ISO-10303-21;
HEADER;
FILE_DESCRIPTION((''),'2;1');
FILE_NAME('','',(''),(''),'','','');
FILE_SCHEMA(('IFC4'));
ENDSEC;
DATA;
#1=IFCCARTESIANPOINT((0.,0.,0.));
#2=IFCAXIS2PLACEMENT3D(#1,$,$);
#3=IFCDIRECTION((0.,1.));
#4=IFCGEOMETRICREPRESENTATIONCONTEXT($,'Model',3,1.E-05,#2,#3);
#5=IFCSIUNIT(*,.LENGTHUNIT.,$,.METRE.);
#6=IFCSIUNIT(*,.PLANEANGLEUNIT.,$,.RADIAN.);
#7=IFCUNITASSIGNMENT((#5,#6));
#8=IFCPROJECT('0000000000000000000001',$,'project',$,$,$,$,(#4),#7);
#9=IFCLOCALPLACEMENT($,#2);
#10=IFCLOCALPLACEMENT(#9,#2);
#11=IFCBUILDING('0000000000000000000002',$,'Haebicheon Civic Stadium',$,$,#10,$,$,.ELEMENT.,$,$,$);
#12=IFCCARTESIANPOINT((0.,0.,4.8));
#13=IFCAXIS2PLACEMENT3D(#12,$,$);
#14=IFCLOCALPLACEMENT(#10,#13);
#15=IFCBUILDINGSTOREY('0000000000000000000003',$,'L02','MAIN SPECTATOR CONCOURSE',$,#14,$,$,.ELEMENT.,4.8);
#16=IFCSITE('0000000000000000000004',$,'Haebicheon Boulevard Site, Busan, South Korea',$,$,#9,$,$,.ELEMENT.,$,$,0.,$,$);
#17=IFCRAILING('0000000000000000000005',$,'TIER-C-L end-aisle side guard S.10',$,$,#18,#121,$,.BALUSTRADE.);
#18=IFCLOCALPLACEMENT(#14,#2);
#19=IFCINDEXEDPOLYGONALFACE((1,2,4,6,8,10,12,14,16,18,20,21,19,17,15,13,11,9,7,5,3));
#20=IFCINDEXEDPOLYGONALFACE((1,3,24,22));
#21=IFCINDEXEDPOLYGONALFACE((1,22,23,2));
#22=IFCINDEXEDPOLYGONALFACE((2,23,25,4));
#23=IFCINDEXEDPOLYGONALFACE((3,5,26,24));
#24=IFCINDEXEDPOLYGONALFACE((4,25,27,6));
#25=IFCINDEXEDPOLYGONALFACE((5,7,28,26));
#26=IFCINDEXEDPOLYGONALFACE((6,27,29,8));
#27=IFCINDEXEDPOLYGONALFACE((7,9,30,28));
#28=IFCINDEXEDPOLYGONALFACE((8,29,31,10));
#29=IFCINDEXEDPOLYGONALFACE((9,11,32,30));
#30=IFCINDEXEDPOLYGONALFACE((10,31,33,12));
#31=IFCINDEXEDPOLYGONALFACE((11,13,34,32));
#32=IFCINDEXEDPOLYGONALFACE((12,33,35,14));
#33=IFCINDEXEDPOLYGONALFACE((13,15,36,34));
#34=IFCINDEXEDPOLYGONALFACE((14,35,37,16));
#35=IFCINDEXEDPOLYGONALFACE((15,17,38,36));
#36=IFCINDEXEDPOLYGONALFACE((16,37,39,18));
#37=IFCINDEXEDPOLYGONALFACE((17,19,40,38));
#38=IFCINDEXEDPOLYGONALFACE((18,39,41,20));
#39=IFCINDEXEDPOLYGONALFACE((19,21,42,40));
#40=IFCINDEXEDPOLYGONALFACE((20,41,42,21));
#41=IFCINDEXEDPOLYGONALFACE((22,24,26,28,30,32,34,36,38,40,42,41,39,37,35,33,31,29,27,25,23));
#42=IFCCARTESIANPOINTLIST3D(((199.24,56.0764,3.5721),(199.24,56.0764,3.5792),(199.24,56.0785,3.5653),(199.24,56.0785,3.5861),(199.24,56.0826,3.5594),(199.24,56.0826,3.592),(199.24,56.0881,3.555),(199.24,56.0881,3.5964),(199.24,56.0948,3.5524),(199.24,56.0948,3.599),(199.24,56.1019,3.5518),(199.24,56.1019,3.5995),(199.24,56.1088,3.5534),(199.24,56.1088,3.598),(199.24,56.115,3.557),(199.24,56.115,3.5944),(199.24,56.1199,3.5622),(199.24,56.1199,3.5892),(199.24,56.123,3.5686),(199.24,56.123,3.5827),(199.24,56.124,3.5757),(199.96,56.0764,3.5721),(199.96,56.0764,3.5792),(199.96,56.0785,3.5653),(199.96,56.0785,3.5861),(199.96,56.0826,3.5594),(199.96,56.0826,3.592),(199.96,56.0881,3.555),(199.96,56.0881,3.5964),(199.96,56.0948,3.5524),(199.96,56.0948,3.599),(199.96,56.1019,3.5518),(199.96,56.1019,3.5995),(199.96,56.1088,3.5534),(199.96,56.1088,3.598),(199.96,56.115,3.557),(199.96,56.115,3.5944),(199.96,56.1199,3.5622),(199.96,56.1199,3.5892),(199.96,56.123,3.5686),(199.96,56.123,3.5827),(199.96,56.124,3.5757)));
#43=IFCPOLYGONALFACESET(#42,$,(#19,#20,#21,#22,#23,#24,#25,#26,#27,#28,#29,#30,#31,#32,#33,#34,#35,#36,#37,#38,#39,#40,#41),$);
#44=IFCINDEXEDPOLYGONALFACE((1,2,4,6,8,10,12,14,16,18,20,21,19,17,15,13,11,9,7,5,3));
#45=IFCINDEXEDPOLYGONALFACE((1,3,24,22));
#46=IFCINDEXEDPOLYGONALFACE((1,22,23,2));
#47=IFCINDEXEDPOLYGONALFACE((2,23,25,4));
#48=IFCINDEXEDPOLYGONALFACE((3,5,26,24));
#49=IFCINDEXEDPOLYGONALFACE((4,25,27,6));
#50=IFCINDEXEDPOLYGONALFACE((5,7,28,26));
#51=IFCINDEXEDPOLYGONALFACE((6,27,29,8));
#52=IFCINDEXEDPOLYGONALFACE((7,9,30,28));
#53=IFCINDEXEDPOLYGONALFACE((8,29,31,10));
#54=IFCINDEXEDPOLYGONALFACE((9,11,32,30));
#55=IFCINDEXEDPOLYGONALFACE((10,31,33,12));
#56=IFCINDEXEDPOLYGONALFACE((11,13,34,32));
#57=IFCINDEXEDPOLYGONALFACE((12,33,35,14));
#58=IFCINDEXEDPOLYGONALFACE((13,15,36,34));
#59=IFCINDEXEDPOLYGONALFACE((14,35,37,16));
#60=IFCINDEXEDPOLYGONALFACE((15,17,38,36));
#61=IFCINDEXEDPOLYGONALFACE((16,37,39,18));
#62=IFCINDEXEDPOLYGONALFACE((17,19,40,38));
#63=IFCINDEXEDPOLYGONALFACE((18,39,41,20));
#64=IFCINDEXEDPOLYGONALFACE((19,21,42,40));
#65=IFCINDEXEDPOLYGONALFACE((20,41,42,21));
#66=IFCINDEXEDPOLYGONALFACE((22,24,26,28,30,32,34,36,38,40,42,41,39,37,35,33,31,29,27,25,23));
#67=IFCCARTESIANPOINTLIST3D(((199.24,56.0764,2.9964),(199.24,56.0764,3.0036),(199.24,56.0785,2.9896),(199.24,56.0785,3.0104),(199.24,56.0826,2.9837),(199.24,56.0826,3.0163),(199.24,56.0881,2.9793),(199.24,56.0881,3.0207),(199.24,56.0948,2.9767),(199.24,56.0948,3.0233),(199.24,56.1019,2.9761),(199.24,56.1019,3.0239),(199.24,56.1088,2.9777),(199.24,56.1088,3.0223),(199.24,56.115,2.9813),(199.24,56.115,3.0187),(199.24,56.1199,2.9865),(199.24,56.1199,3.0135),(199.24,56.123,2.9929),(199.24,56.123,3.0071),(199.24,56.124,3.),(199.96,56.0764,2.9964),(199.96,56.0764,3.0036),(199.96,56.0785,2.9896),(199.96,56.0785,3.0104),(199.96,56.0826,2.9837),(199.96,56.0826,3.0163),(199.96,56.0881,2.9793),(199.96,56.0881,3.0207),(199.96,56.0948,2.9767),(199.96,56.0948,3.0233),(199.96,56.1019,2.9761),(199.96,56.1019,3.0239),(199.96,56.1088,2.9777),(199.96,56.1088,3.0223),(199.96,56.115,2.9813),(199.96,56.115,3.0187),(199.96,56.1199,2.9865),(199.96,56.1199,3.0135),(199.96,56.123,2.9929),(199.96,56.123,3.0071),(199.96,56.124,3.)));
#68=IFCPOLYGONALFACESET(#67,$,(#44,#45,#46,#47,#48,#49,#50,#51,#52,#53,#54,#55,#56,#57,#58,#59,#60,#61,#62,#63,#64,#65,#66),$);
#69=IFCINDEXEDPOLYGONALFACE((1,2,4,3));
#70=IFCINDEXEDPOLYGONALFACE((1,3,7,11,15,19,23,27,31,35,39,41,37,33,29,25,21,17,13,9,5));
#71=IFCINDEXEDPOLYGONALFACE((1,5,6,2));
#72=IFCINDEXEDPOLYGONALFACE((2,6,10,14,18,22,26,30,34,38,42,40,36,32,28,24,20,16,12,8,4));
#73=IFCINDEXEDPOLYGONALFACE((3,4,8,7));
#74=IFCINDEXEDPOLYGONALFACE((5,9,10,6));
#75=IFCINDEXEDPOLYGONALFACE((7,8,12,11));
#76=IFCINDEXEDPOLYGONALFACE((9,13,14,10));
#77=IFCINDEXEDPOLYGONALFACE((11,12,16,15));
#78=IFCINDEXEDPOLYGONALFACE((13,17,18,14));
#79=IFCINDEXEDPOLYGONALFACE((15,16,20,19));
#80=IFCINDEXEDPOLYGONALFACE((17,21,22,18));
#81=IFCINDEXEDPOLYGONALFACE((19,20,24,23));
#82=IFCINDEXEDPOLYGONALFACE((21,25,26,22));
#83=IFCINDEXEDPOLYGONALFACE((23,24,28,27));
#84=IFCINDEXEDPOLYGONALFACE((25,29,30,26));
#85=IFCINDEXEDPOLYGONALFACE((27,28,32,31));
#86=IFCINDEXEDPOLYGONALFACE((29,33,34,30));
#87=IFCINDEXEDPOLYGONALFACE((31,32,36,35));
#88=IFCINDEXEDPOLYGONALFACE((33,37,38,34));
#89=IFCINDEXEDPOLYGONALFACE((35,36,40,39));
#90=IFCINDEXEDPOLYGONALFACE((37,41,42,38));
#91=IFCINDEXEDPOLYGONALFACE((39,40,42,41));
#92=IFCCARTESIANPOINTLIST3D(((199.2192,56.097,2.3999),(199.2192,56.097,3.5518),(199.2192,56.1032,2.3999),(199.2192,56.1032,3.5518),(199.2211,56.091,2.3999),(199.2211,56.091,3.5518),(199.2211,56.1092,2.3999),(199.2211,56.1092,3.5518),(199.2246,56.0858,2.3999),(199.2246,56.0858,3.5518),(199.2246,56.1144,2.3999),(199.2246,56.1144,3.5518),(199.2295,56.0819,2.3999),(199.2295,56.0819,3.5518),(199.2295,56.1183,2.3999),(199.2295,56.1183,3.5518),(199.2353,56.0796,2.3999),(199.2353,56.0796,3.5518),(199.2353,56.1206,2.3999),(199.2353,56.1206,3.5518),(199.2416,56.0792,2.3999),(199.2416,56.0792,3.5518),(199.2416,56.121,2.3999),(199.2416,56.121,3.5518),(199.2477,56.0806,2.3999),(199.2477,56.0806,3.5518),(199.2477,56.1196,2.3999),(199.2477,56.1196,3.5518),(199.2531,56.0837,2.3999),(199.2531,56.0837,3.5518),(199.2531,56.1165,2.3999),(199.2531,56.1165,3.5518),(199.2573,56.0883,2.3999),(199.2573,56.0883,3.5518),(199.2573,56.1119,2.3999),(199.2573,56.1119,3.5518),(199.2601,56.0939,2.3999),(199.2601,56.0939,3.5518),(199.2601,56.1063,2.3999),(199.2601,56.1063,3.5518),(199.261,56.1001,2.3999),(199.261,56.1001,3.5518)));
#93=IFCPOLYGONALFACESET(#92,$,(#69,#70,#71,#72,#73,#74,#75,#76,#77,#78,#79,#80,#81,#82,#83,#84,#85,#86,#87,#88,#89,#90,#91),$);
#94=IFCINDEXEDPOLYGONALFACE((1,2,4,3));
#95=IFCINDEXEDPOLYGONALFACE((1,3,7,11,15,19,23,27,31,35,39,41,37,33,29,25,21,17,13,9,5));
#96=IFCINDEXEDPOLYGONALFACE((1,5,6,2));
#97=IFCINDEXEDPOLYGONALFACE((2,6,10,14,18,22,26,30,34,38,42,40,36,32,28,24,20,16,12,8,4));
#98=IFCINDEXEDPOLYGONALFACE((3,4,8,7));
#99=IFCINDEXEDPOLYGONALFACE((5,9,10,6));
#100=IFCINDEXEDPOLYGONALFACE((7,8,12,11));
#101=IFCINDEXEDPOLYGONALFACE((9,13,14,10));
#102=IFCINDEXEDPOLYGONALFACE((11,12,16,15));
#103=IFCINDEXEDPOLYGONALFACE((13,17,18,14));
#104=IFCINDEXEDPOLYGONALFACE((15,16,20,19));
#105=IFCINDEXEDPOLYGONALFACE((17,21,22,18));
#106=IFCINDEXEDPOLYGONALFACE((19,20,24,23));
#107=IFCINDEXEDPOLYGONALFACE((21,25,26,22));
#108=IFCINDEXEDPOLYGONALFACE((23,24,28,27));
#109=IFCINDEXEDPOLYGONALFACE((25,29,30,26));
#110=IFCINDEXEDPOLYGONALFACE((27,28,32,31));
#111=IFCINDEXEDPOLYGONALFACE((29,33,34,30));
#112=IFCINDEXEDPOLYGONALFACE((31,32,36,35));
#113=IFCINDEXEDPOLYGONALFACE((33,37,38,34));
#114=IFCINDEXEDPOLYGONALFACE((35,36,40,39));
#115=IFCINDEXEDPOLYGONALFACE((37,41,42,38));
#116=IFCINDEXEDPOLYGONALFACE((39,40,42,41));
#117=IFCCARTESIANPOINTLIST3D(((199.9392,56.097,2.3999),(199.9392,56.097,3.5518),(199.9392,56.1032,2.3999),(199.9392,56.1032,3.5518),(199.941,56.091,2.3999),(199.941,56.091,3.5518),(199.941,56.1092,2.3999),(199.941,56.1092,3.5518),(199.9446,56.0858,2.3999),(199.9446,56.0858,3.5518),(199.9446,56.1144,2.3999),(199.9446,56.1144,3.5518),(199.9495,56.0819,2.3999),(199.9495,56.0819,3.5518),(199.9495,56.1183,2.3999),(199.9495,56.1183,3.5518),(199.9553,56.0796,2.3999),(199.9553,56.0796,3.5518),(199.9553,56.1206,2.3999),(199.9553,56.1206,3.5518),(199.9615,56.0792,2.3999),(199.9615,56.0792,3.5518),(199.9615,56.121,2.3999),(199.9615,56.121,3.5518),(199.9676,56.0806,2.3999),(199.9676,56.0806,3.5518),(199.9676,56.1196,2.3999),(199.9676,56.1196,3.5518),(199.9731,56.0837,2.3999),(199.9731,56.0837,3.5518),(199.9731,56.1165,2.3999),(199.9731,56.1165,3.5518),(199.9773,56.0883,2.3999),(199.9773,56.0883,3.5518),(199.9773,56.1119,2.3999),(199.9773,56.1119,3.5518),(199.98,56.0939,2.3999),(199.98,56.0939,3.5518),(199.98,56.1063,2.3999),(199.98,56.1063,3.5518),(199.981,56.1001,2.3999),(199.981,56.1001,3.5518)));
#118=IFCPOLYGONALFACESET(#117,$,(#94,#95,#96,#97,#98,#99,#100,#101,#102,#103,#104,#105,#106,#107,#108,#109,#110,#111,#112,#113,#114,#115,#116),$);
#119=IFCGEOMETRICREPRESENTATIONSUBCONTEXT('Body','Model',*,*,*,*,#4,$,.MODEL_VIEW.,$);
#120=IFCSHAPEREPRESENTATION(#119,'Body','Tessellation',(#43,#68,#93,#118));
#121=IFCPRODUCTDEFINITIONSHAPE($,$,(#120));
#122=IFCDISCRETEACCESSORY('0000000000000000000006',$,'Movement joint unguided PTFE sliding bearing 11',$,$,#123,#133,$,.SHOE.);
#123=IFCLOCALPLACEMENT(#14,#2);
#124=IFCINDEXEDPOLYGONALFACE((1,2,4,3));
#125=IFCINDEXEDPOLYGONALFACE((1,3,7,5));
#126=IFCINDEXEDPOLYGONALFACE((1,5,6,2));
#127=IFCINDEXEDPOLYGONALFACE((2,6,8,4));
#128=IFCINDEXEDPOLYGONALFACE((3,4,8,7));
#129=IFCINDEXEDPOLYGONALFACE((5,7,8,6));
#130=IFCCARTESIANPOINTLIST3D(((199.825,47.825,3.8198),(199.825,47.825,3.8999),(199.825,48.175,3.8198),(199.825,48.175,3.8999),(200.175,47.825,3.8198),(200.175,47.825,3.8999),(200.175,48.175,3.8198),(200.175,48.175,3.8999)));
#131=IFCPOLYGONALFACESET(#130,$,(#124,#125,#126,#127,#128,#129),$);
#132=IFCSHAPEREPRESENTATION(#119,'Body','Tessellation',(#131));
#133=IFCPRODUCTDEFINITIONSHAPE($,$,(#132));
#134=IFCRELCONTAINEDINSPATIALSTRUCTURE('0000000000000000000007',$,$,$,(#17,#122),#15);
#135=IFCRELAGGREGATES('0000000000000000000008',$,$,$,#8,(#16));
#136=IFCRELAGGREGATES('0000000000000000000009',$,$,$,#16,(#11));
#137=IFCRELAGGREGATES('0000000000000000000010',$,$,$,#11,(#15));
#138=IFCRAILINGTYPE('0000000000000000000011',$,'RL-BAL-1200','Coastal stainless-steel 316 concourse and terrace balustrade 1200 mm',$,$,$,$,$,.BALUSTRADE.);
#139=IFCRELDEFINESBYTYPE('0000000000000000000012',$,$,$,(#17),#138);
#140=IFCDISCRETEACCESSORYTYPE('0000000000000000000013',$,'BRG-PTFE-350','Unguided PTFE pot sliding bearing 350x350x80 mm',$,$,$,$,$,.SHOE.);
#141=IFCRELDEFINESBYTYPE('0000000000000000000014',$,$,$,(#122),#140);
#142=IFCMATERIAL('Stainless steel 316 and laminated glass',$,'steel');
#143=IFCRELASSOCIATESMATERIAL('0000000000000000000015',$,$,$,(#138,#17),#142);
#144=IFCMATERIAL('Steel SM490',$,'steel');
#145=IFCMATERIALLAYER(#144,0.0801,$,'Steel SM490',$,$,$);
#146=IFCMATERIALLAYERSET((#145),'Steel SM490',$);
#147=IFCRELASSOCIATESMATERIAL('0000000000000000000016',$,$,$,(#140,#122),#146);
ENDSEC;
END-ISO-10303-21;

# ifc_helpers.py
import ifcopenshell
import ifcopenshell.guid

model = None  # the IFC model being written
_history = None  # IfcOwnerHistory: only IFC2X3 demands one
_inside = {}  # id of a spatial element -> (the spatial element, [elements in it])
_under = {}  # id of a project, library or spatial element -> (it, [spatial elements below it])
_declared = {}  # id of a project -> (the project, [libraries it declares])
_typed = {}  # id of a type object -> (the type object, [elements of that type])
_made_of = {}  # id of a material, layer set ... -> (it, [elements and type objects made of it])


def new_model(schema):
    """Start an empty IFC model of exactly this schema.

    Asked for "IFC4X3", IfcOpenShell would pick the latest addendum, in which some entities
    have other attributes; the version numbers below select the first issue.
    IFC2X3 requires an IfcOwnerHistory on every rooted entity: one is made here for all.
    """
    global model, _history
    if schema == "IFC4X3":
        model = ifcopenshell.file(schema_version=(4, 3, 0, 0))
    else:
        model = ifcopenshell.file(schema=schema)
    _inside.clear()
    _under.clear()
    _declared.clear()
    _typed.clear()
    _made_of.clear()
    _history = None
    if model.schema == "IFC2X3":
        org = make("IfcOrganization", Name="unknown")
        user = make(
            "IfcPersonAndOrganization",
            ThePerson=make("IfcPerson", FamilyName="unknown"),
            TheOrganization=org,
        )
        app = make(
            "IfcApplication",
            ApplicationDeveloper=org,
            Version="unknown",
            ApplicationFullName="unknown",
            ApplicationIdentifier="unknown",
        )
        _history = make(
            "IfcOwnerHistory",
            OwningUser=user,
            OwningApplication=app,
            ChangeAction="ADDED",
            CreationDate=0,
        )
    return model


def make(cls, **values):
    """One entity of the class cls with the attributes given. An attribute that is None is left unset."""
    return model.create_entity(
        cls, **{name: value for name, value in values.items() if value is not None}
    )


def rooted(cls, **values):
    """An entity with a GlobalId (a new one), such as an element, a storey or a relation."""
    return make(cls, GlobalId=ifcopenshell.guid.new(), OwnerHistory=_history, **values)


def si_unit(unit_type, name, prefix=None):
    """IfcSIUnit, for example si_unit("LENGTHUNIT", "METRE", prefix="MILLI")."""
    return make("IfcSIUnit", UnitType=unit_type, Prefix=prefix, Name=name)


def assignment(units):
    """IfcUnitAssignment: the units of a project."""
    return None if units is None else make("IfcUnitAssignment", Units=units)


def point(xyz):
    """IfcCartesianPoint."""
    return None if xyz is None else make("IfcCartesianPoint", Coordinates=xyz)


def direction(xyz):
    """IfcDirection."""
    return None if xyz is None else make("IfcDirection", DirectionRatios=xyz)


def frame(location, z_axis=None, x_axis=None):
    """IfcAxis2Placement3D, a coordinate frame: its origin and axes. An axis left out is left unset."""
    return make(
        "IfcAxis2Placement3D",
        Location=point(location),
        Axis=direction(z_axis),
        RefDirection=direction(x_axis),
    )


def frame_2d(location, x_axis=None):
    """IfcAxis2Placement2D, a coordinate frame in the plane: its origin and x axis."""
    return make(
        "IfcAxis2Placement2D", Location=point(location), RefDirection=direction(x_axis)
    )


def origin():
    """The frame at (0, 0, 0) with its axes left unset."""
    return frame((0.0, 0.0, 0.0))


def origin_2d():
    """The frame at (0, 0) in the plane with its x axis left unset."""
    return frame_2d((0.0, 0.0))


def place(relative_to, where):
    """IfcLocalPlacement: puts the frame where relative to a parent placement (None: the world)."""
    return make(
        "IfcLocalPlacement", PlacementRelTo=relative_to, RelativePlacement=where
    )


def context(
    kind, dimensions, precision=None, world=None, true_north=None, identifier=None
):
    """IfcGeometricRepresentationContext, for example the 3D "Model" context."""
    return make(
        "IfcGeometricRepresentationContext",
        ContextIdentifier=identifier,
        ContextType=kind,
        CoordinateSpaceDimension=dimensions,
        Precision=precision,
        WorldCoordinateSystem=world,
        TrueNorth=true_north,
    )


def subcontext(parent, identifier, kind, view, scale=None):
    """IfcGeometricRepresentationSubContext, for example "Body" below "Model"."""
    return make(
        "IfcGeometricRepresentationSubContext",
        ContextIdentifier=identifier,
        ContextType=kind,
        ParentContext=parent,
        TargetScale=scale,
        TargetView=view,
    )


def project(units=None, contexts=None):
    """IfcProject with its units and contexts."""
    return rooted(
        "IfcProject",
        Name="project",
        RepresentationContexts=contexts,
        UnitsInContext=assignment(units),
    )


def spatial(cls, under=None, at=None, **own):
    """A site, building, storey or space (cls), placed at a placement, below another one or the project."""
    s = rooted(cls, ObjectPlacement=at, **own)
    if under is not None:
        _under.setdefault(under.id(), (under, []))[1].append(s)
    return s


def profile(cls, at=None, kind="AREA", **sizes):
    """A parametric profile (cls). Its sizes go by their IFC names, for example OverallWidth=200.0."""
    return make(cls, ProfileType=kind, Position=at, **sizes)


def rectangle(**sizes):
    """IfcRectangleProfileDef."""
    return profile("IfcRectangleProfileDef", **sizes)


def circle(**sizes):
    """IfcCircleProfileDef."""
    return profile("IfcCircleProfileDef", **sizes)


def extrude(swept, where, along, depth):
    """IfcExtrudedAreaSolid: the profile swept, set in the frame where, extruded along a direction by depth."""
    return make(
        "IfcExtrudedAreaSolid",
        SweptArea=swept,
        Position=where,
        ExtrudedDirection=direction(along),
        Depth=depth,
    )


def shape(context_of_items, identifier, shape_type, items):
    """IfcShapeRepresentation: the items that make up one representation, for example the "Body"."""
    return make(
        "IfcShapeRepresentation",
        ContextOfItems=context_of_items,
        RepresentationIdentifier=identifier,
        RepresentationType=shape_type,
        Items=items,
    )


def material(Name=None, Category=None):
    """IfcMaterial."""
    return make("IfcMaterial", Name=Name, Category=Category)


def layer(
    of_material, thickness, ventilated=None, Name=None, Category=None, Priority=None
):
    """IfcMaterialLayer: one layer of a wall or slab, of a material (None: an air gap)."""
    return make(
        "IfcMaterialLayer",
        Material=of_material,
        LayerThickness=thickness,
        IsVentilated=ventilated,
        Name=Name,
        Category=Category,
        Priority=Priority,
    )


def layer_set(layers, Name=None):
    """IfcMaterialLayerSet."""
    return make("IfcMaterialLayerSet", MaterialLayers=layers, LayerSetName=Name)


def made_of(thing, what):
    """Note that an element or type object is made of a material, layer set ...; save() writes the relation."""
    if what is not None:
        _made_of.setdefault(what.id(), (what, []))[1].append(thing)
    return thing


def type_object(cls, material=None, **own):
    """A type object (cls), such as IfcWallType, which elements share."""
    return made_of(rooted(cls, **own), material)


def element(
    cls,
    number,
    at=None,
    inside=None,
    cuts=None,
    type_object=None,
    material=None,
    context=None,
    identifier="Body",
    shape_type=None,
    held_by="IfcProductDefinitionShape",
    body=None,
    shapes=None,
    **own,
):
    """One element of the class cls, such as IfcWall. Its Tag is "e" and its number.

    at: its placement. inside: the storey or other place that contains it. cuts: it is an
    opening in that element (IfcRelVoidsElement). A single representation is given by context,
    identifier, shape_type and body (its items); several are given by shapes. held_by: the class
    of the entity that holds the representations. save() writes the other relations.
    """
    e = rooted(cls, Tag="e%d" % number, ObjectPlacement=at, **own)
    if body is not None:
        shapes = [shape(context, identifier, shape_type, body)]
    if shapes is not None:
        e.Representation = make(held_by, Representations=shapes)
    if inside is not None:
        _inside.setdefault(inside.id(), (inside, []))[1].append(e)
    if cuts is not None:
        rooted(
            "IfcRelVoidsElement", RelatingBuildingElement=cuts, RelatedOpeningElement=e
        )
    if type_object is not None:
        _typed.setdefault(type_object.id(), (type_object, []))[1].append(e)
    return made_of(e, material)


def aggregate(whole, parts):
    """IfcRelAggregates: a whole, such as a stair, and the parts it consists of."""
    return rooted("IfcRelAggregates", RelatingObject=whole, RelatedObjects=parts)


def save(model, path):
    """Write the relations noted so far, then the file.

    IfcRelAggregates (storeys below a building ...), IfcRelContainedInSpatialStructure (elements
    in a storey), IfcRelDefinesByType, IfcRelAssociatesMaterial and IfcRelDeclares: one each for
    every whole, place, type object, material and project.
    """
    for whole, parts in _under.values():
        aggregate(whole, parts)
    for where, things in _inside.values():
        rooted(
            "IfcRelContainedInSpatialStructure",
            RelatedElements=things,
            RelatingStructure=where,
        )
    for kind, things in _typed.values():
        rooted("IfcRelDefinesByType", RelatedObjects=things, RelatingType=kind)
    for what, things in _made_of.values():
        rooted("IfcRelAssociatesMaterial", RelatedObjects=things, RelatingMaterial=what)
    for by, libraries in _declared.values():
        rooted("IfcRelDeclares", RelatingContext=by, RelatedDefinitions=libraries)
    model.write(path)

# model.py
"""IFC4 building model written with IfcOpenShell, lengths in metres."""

from ifc_helpers import new_model, si_unit, direction, frame, origin, origin_2d, place, context, subcontext, project, spatial, rectangle, circle, extrude, material, layer, layer_set, type_object, element, save


model = new_model("IFC4")

# Units and contexts
model_context = context("Model", 3, precision=1e-05, world=origin(), true_north=direction((0.0, 1.0)))
body_context = subcontext(model_context, "Body", "Model", "MODEL_VIEW")
ifc_project = project(units=[si_unit("LENGTHUNIT", "METRE"), si_unit("PLANEANGLEUNIT", "RADIAN")], contexts=[model_context])

# Site, building, storey
site_placement = place(None, origin())
site = spatial("IfcSite", under=ifc_project, at=site_placement, Name="Haebicheon Boulevard Site, Busan, South Korea", CompositionType="ELEMENT", RefElevation=0.0)
building_placement = place(site_placement, origin())
building = spatial("IfcBuilding", under=site, at=building_placement, Name="Haebicheon Civic Stadium", CompositionType="ELEMENT")
storey_placement = place(building_placement, frame((0.0, 0.0, 4.8)))
storey = spatial("IfcBuildingStorey", under=building, at=storey_placement, Name="L02", Description="MAIN SPECTATOR CONCOURSE", CompositionType="ELEMENT", Elevation=4.8)

# Railing
ifc_material_1 = material(Name="Stainless steel 316 and laminated glass", Category="steel")
railing_type = type_object("IfcRailingType", Name="RL-BAL-1200", Description="Coastal stainless-steel 316 concourse and terrace balustrade 1200 mm", PredefinedType="BALUSTRADE", material=ifc_material_1)
for number, where, name in (
    (1, (199.24, 56.1001, 2.3999), "TIER-C-L end-aisle side guard S.10"),
):
    element("IfcRailing", number, at=place(storey_placement, frame(where)), inside=storey, type_object=railing_type, material=ifc_material_1, Name=name, PredefinedType="BALUSTRADE", context=body_context, shape_type="SweptSolid", body=[
        extrude(circle(Radius=0.0239, at=origin_2d()), frame((0.0, 0.0, 1.1758), z_axis=(1.0, 0.0, 0.0), x_axis=(0.0, 1.0, 0.0)), (0.0, 0.0, 1.0), 0.72),
        extrude(circle(Radius=0.0239, at=origin_2d()), frame((0.0, 0.0, 0.6001), z_axis=(1.0, 0.0, 0.0), x_axis=(0.0, 1.0, 0.0)), (0.0, 0.0, 1.0), 0.72),
        extrude(circle(Radius=0.021, at=origin_2d()), origin(), (0.0, 0.0, 1.0), 1.1519),
        extrude(circle(Radius=0.021, at=origin_2d()), frame((0.72, 0.0, 0.0)), (0.0, 0.0, 1.0), 1.1519),
    ])

# Discrete accessory
ifc_material_2 = material(Name="Steel SM490", Category="steel")
ifc_layer_1 = layer(ifc_material_2, 0.0801, Name="Steel SM490")
ifc_layer_set_1 = layer_set([ifc_layer_1], Name="Steel SM490")
discrete_accessory_type = type_object("IfcDiscreteAccessoryType", Name="BRG-PTFE-350", Description="Unguided PTFE pot sliding bearing 350x350x80 mm", PredefinedType="SHOE", material=ifc_layer_set_1)
discrete_accessory_placement = place(storey_placement, frame((200.0, 48.0, 3.8198), z_axis=(0.0, 0.0, 1.0), x_axis=(1.0, 0.0, 0.0)))
element("IfcDiscreteAccessory", 2, at=discrete_accessory_placement, inside=storey, type_object=discrete_accessory_type, material=ifc_layer_set_1, Name="Movement joint unguided PTFE sliding bearing 11", PredefinedType="SHOE", context=body_context, shape_type="SweptSolid", body=[
    extrude(rectangle(XDim=0.3501, YDim=0.3501, at=origin_2d()), origin(), (0.0, 0.0, 1.0), 0.0801),
])

save(model, "model.ifc")
